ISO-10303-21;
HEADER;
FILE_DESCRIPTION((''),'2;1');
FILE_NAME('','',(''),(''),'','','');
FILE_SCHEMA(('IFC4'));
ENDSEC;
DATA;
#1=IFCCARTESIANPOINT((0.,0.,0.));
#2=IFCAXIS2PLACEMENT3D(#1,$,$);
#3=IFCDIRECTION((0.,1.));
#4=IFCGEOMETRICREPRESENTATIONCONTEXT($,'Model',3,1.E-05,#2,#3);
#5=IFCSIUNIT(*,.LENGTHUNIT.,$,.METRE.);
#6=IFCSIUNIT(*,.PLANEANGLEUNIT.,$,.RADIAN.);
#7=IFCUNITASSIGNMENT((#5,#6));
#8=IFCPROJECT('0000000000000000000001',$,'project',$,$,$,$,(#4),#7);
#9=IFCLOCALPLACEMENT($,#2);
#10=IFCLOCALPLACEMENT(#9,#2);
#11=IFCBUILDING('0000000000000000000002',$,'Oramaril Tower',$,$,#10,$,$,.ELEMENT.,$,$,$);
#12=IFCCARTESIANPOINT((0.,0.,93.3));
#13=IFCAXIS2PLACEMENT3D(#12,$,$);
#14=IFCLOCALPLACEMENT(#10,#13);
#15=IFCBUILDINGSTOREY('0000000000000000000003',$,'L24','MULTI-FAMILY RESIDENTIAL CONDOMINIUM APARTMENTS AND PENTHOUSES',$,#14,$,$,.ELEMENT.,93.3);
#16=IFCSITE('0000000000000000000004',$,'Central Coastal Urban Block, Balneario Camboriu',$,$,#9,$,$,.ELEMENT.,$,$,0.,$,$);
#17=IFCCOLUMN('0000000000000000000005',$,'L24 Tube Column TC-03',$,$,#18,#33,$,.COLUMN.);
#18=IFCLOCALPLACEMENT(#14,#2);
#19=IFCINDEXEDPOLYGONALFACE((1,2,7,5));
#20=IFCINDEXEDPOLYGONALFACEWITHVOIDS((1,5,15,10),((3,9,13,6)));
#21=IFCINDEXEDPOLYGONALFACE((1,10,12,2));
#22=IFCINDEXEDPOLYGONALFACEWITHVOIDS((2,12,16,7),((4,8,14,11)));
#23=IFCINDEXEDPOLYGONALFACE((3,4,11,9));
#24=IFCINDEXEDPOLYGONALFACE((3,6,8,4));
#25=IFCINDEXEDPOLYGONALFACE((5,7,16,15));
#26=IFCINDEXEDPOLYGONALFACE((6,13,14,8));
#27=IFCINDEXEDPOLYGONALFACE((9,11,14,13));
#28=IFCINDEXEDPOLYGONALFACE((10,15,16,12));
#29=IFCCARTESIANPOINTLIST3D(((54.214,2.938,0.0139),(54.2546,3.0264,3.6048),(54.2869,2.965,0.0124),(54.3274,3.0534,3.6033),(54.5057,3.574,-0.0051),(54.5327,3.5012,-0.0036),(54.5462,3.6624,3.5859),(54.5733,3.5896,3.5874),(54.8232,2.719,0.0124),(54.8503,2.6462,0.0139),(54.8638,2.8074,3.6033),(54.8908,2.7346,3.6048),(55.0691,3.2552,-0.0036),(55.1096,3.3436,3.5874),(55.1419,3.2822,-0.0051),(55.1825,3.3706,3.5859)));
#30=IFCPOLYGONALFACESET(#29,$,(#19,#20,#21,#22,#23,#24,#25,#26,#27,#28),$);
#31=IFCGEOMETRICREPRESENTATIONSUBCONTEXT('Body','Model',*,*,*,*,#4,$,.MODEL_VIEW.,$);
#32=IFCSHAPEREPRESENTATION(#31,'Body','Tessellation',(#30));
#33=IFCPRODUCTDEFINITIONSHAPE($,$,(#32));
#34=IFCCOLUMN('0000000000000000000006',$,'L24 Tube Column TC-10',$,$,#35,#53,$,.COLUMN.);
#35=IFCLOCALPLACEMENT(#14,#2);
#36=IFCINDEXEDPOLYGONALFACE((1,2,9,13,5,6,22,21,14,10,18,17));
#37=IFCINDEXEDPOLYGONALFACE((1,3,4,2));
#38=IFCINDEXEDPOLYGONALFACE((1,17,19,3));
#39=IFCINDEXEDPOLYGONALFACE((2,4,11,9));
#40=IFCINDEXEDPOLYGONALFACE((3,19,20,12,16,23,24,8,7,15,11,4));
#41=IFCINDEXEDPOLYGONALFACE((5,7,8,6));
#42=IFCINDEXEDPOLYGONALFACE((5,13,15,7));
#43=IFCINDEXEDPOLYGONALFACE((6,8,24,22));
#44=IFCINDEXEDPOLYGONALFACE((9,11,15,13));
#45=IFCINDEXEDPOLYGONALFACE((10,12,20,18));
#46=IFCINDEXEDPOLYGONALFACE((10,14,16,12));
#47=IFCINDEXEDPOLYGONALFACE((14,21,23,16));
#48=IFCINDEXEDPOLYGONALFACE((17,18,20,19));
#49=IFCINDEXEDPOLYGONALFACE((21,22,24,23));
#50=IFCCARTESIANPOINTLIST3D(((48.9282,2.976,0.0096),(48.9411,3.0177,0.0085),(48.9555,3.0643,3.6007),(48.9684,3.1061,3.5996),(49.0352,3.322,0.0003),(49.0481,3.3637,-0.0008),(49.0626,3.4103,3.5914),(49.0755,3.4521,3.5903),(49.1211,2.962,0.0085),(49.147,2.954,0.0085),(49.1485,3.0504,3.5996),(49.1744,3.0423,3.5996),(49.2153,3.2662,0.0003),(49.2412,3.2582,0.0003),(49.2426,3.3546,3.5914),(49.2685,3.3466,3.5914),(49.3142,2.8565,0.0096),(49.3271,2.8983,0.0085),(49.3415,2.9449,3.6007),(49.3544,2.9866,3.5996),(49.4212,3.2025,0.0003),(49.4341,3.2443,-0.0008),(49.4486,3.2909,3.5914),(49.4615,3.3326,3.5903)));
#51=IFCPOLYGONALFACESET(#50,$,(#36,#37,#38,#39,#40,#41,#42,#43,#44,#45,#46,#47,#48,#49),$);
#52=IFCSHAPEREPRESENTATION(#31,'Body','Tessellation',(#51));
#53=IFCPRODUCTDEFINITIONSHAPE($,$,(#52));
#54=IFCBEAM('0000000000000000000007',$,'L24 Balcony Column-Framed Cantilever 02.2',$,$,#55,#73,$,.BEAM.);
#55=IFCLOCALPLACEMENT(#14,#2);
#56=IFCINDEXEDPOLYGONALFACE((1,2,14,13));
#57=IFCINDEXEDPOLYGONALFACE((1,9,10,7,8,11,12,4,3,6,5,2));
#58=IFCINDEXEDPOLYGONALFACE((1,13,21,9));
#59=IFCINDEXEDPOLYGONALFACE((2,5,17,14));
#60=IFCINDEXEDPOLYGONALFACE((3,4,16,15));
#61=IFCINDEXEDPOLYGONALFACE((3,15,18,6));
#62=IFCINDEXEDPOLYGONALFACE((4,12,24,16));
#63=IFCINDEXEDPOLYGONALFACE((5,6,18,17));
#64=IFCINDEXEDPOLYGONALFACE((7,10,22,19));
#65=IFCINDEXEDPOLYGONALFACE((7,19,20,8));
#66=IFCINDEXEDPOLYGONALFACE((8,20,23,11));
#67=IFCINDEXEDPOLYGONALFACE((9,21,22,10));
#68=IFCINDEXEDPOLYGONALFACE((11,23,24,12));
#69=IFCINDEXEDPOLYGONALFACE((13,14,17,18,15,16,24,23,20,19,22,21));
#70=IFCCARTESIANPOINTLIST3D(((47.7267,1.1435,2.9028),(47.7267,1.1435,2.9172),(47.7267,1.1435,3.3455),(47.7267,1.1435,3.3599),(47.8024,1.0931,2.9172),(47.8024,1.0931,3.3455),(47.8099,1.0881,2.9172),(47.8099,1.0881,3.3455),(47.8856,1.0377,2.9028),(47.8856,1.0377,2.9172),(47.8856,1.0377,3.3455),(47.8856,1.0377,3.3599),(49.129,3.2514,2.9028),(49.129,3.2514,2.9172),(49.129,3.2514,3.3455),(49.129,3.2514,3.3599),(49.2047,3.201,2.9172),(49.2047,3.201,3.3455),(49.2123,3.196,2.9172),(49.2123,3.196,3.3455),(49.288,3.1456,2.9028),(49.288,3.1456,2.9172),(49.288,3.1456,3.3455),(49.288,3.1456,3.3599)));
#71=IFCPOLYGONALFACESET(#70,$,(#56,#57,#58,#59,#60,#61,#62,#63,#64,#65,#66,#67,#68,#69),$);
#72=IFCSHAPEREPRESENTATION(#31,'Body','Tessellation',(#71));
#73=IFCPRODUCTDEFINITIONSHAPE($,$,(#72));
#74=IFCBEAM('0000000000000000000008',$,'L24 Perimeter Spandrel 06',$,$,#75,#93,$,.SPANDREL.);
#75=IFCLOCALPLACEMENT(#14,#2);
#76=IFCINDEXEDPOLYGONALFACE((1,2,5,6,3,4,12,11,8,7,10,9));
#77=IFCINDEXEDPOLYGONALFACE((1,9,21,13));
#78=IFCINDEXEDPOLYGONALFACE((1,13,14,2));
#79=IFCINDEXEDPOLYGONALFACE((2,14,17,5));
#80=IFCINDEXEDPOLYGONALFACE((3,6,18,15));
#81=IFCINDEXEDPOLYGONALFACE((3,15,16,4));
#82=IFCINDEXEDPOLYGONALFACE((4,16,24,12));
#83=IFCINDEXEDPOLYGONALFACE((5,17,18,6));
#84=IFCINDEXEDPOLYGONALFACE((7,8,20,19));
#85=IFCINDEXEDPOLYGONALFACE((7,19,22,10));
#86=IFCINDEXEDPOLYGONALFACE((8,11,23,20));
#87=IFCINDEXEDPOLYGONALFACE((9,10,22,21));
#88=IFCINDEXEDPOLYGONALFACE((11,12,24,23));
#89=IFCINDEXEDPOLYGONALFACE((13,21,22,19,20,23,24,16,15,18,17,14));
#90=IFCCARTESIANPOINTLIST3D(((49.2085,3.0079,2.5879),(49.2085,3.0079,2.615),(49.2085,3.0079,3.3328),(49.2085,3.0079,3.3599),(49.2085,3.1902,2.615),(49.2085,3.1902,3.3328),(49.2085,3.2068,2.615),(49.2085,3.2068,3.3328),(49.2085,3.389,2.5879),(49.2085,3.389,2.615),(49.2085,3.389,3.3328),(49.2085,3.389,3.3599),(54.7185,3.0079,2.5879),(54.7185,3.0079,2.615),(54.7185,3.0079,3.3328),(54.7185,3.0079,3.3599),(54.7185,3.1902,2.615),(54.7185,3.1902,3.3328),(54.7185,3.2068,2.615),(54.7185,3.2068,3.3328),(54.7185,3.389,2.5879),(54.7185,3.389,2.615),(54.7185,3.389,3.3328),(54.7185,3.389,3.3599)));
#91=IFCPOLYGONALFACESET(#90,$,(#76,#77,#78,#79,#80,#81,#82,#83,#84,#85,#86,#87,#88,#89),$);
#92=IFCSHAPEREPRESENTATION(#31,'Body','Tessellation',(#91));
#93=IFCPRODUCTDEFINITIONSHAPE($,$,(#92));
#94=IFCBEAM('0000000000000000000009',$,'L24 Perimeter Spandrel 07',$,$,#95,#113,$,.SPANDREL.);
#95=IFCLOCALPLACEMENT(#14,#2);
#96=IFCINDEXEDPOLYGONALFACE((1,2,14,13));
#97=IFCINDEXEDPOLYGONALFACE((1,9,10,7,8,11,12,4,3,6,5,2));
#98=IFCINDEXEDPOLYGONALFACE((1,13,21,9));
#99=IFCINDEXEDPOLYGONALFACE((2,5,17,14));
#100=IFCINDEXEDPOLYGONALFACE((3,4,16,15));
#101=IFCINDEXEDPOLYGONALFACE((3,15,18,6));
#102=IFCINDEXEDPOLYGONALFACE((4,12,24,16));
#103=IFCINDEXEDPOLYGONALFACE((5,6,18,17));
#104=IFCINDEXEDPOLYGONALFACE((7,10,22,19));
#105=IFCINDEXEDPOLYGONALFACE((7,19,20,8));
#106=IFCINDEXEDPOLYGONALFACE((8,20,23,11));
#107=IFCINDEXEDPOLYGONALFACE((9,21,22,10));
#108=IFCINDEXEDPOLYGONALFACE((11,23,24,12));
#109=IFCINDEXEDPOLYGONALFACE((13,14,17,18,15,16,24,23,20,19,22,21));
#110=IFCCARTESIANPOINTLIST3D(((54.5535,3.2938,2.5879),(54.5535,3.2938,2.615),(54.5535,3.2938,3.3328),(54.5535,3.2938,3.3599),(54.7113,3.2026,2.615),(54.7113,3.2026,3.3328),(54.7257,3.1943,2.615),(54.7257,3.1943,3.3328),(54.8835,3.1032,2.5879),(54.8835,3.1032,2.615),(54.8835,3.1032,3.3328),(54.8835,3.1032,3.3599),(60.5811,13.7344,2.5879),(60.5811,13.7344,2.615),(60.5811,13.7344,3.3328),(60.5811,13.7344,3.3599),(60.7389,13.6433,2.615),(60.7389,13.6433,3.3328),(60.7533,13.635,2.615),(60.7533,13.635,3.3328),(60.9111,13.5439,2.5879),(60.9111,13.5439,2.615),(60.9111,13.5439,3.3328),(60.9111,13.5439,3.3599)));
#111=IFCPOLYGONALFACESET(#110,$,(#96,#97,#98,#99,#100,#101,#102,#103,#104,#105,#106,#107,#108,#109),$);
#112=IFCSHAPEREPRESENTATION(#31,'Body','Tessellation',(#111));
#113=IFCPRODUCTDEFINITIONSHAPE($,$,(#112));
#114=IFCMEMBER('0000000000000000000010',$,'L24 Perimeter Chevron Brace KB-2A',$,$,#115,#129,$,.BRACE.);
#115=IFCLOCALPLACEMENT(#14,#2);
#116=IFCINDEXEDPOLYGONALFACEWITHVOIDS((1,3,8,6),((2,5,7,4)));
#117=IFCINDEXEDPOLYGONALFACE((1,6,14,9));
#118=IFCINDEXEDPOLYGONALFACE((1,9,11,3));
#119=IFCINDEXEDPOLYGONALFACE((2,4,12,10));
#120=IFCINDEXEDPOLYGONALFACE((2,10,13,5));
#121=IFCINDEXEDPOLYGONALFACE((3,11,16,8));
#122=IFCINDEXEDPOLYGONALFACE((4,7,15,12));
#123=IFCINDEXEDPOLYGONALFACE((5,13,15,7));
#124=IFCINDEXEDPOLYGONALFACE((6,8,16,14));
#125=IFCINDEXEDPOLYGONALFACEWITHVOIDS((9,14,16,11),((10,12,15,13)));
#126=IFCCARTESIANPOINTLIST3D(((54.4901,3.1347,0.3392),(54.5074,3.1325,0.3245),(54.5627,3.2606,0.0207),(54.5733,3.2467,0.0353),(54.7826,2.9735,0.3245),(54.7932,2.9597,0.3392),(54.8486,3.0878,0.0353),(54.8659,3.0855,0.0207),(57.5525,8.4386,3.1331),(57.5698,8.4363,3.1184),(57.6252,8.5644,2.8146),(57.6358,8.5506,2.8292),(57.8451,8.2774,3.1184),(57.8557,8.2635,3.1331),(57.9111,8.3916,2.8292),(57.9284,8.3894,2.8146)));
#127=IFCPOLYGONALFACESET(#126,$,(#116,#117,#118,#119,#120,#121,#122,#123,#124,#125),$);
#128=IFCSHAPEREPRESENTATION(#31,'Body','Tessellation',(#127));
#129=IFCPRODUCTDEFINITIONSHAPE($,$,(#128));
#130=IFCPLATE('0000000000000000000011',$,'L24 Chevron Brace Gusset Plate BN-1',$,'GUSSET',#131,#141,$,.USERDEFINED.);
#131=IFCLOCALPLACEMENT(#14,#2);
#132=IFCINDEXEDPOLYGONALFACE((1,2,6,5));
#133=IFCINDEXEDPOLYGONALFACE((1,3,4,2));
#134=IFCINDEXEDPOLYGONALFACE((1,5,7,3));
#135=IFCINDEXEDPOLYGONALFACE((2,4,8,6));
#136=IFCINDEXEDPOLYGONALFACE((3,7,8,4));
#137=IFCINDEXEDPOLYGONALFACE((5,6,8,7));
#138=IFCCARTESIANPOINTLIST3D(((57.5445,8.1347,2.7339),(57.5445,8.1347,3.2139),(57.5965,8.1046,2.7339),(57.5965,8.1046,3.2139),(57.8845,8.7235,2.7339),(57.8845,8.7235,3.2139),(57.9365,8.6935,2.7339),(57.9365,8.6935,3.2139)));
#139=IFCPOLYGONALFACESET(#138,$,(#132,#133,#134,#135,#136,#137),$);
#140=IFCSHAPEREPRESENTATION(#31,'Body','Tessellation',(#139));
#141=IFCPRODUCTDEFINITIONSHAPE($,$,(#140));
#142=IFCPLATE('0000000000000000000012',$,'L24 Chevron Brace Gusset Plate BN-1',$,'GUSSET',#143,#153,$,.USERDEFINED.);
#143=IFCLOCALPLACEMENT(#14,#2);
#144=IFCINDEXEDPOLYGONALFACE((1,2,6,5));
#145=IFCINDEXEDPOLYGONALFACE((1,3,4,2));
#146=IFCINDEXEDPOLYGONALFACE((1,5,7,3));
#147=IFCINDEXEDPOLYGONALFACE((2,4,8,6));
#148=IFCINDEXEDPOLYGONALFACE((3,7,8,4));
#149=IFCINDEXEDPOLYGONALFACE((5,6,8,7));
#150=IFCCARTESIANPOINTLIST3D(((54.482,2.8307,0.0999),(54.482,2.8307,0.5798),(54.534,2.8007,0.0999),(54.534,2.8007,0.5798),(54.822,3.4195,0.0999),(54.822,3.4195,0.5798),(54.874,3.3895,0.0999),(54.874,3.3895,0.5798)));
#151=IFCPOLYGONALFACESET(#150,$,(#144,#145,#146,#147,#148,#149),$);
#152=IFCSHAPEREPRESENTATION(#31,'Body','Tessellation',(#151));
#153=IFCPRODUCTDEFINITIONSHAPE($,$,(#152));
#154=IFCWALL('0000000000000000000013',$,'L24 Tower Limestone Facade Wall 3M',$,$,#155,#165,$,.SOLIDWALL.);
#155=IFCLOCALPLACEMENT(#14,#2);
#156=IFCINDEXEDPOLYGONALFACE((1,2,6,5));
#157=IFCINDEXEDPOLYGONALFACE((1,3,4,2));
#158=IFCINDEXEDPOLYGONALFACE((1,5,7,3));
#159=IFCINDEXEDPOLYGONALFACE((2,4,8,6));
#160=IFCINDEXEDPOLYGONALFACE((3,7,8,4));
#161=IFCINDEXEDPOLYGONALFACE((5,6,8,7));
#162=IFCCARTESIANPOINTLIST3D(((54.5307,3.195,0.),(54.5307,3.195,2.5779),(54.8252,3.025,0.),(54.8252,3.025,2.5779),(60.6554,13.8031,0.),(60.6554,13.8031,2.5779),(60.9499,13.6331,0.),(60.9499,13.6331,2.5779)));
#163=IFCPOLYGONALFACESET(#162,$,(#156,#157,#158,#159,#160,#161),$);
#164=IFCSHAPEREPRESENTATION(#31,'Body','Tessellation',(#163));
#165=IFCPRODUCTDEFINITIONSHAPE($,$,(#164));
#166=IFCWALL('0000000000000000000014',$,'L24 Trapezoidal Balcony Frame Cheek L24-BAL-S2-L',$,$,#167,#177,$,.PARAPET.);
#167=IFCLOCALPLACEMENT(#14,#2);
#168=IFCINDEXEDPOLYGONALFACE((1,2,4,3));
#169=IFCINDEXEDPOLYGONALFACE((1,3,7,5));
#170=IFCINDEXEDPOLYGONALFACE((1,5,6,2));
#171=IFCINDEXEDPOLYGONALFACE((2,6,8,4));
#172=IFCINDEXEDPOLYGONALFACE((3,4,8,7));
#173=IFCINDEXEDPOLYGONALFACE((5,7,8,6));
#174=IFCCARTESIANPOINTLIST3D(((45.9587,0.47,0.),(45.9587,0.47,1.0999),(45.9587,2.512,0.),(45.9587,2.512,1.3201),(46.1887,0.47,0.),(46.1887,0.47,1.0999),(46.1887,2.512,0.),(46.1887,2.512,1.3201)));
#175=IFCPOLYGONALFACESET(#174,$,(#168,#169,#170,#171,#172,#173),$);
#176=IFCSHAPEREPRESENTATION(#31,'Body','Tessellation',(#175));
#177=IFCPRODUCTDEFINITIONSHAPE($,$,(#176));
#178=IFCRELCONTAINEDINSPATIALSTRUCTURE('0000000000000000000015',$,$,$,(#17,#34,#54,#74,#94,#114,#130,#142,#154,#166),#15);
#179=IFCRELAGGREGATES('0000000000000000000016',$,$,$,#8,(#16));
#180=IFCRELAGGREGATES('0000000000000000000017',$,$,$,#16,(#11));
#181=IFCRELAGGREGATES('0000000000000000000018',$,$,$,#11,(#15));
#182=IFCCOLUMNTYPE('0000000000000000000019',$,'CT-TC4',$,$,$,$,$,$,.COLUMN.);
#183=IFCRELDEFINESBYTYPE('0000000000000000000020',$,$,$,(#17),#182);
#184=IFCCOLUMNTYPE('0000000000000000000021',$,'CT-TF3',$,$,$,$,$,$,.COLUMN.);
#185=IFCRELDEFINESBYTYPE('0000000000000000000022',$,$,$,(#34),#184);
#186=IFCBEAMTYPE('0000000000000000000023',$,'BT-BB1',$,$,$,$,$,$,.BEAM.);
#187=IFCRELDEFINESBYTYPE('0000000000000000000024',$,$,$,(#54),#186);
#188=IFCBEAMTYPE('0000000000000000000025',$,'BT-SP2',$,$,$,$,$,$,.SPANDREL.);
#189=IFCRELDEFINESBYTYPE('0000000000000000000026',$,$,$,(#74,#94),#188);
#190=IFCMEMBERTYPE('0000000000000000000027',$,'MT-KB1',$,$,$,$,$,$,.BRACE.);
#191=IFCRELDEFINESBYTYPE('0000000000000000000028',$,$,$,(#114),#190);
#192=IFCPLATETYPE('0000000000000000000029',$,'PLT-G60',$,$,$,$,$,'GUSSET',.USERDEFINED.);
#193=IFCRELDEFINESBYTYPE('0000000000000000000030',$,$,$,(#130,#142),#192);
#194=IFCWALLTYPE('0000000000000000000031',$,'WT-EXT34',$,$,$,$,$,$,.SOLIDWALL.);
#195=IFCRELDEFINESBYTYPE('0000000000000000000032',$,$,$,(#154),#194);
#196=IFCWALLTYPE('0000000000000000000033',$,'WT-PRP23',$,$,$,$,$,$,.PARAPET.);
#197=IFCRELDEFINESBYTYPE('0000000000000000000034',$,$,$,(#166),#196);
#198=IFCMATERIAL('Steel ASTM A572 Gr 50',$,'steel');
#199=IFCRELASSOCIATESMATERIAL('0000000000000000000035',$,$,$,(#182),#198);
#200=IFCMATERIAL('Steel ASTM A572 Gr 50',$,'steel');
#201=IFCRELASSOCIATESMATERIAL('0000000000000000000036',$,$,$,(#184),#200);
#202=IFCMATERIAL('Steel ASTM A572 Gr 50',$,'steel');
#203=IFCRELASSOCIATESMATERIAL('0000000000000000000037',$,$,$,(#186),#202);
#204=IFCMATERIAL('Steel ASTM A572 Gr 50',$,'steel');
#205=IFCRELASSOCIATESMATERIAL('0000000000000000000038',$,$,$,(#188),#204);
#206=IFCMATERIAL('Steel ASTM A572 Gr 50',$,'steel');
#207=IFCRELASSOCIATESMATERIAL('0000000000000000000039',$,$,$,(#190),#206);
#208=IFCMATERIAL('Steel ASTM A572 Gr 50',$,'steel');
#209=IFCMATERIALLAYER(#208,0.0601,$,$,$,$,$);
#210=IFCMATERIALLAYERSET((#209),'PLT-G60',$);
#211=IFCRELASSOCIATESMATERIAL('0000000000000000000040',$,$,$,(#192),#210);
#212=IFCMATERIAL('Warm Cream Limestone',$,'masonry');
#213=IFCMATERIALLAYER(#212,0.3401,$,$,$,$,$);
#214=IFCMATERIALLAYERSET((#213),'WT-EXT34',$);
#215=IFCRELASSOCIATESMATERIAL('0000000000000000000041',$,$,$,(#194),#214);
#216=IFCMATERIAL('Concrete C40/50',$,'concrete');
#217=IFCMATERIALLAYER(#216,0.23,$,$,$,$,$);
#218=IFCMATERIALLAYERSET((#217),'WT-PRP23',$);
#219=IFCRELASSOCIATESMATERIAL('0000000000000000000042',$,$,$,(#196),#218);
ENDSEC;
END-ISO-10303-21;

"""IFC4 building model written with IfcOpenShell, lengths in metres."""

from ifc_helpers import new_model, si_unit, direction, frame, frame_2d, origin, origin_2d, place, context, subcontext, project, spatial, polyline, rectangle, hollow_rectangle, i_section, outline, extrude, material, layer, layer_set, material_profile, profile_set, type_object, element, save


model = new_model("IFC4")

# Units and contexts
model_context = context("Model", 3, precision=1e-05, world=origin(), true_north=direction((0.0, 1.0)))
body_context = subcontext(model_context, "Body", "Model", "MODEL_VIEW")
ifc_project = project(units=[si_unit("LENGTHUNIT", "METRE"), si_unit("PLANEANGLEUNIT", "RADIAN")], contexts=[model_context])

# Site, building, storey
site_placement = place(None, origin())
site = spatial("IfcSite", under=ifc_project, at=site_placement, Name="Central Coastal Urban Block, Balneario Camboriu", CompositionType="ELEMENT", RefElevation=0.0)
building_placement = place(site_placement, origin())
building = spatial("IfcBuilding", under=site, at=building_placement, Name="Oramaril Tower", CompositionType="ELEMENT")
storey_placement = place(building_placement, frame((0.0, 0.0, 93.3)))
storey = spatial("IfcBuildingStorey", under=building, at=storey_placement, Name="L24", Description="MULTI-FAMILY RESIDENTIAL CONDOMINIUM APARTMENTS AND PENTHOUSES", CompositionType="ELEMENT", Elevation=93.3)

# Columns
ifc_material_1 = material(Name="Steel ASTM A572 Gr 50", Category="steel")
ifc_material_profile_1 = material_profile(ifc_material_1, hollow_rectangle(XDim=0.7, YDim=0.7, WallThickness=0.0549, at=origin_2d()), Name="BOX700X700X55")
ifc_profile_set_1 = profile_set([ifc_material_profile_1], Name="Steel ASTM A572 Gr 50")
column_type_1 = type_object("IfcColumnType", Name="CT-TC4", PredefinedType="COLUMN", material=ifc_profile_set_1)
column_1_placement = place(storey_placement, frame((54.678, 3.1101, 0.0044), z_axis=(0.011281, 0.024602, 0.999634), x_axis=(-0.908986, 0.416828, 0.0)))
element("IfcColumn", 1, at=column_1_placement, inside=storey, type_object=column_type_1, Name="L24 Tube Column TC-03", PredefinedType="COLUMN", context=body_context, shape_type="SweptSolid", body=[
    extrude(hollow_rectangle(XDim=0.7, YDim=0.7, WallThickness=0.0549, at=origin_2d()), origin(), (0.0, 0.0, 1.0), 3.5923),
])
ifc_material_2 = material(Name="Steel ASTM A572 Gr 50", Category="steel")
ifc_material_profile_2 = material_profile(ifc_material_2, i_section(OverallWidth=0.4041, OverallDepth=0.406, WebThickness=0.0271, FlangeThickness=0.0437, at=origin_2d()), Name="W14X233")
ifc_profile_set_2 = profile_set([ifc_material_profile_2], Name="Steel ASTM A572 Gr 50")
column_type_2 = type_object("IfcColumnType", Name="CT-TF3", PredefinedType="COLUMN", material=ifc_profile_set_2)
column_2_placement = place(storey_placement, frame((49.1812, 3.1101, 0.0044), z_axis=(0.007612, 0.024603, 0.999668), x_axis=(-0.955321, 0.295569, 0.0)))
element("IfcColumn", 2, at=column_2_placement, inside=storey, type_object=column_type_2, Name="L24 Tube Column TC-10", PredefinedType="COLUMN", context=body_context, shape_type="SweptSolid", body=[
    extrude(i_section(OverallWidth=0.4041, OverallDepth=0.406, WebThickness=0.0271, FlangeThickness=0.0437, at=origin_2d()), origin(), (0.0, 0.0, 1.0), 3.5923),
])

# Beams
ifc_material_3 = material(Name="Steel ASTM A572 Gr 50", Category="steel")
ifc_material_profile_3 = material_profile(ifc_material_3, i_section(OverallWidth=0.1909, OverallDepth=0.457, WebThickness=0.009, FlangeThickness=0.0144, at=origin_2d()), Name="W18X50")
ifc_profile_set_3 = profile_set([ifc_material_profile_3], Name="Steel ASTM A572 Gr 50")
beam_type_1 = type_object("IfcBeamType", Name="BT-BB1", PredefinedType="BEAM", material=ifc_profile_set_3)
beam_1_placement = place(storey_placement, frame((49.2085, 3.1985, 3.1313), z_axis=(-0.553899, -0.832584, 0.0), x_axis=(0.832584, -0.553899, 0.0)))
element("IfcBeam", 3, at=beam_1_placement, inside=storey, type_object=beam_type_1, Name="L24 Balcony Column-Framed Cantilever 02.2", PredefinedType="BEAM", context=body_context, shape_type="SweptSolid", body=[
    extrude(i_section(OverallWidth=0.1909, OverallDepth=0.457, WebThickness=0.009, FlangeThickness=0.0144, at=origin_2d()), origin(), (0.0, 0.0, 1.0), 2.5317),
])
ifc_material_4 = material(Name="Steel ASTM A572 Gr 50", Category="steel")
ifc_material_profile_4 = material_profile(ifc_material_4, i_section(OverallWidth=0.3811, OverallDepth=0.772, WebThickness=0.0166, FlangeThickness=0.0271, at=origin_2d()), Name="W30X173")
ifc_profile_set_4 = profile_set([ifc_material_profile_4], Name="Steel ASTM A572 Gr 50")
beam_type_2 = type_object("IfcBeamType", Name="BT-SP2", PredefinedType="SPANDREL", material=ifc_profile_set_4)
beam_2_placement = place(storey_placement, frame((49.2085, 3.1985, 2.9739), z_axis=(1.0, 0.0, 0.0), x_axis=(0.0, 1.0, 0.0)))
element("IfcBeam", 4, at=beam_2_placement, inside=storey, type_object=beam_type_2, Name="L24 Perimeter Spandrel 06", PredefinedType="SPANDREL", context=body_context, shape_type="SweptSolid", body=[
    extrude(i_section(OverallWidth=0.3811, OverallDepth=0.772, WebThickness=0.0166, FlangeThickness=0.0271, at=origin_2d()), origin(), (0.0, 0.0, 1.0), 5.51),
])
beam_3_placement = place(storey_placement, frame((54.7185, 3.1985, 2.9739), z_axis=(0.499979, 0.866038, 0.0), x_axis=(-0.866038, 0.499979, 0.0)))
element("IfcBeam", 5, at=beam_3_placement, inside=storey, type_object=beam_type_2, Name="L24 Perimeter Spandrel 07", PredefinedType="SPANDREL", context=body_context, shape_type="SweptSolid", body=[
    extrude(i_section(OverallWidth=0.3811, OverallDepth=0.772, WebThickness=0.0166, FlangeThickness=0.0271, at=origin_2d()), origin(), (0.0, 0.0, 1.0), 12.0557),
])

# Member
ifc_material_5 = material(Name="Steel ASTM A572 Gr 50", Category="steel")
ifc_material_profile_5 = material_profile(ifc_material_5, hollow_rectangle(XDim=0.3501, YDim=0.3501, WallThickness=0.0161, at=origin_2d()), Name="HSS350X350X16")
ifc_profile_set_5 = profile_set([ifc_material_profile_5], Name="Steel ASTM A572 Gr 50")
member_type = type_object("IfcMemberType", Name="MT-KB1", PredefinedType="BRACE", material=ifc_profile_set_5)
member_placement = place(storey_placement, frame((54.678, 3.1101, 0.1799), z_axis=(0.454931, 0.787897, 0.415038), x_axis=(-0.866007, 0.500032, 0.0)))
element("IfcMember", 6, at=member_placement, inside=storey, type_object=member_type, Name="L24 Perimeter Chevron Brace KB-2A", PredefinedType="BRACE", context=body_context, shape_type="SweptSolid", body=[
    extrude(hollow_rectangle(XDim=0.3501, YDim=0.3501, WallThickness=0.0161, at=origin_2d()), origin(), (0.0, 0.0, 1.0), 6.7317),
])

# Plates
ifc_material_6 = material(Name="Steel ASTM A572 Gr 50", Category="steel")
ifc_layer_1 = layer(ifc_material_6, 0.0601)
ifc_layer_set_1 = layer_set([ifc_layer_1], Name="PLT-G60")
plate_type = type_object("IfcPlateType", Name="PLT-G60", ElementType="GUSSET", PredefinedType="USERDEFINED", material=ifc_layer_set_1)
for number, where, z_axis, x_axis, name in (
    (7, (57.7405, 8.4141, 2.7339), (0.0, 0.0, 1.0), (0.5, 0.866025, 0.0), "L24 Chevron Brace Gusset Plate BN-1"),
    (8, (54.678, 3.1101, 0.0999), (0.0, 0.0, 1.0), (0.5, 0.866025, 0.0), "L24 Chevron Brace Gusset Plate BN-1"),
):
    element("IfcPlate", number, at=place(storey_placement, frame(where, z_axis=z_axis, x_axis=x_axis)), inside=storey, type_object=plate_type, Name=name, ObjectType="GUSSET", PredefinedType="USERDEFINED", context=body_context, shape_type="SweptSolid", body=[
        extrude(rectangle(XDim=0.6799, YDim=0.0601, at=origin_2d()), origin(), (0.0, 0.0, 1.0), 0.48),
    ])

# Walls
ifc_material_7 = material(Name="Warm Cream Limestone", Category="masonry")
ifc_layer_2 = layer(ifc_material_7, 0.3401)
ifc_layer_set_2 = layer_set([ifc_layer_2], Name="WT-EXT34")
wall_type_1 = type_object("IfcWallType", Name="WT-EXT34", PredefinedType="SOLIDWALL", material=ifc_layer_set_2)
wall_1_placement = place(storey_placement, frame((54.678, 3.1101, 0.0), z_axis=(0.0, 0.0, 1.0), x_axis=(0.500008, 0.866021, 0.0)))
element("IfcWall", 9, at=wall_1_placement, inside=storey, type_object=wall_type_1, Name="L24 Tower Limestone Facade Wall 3M", PredefinedType="SOLIDWALL", context=body_context, shape_type="SweptSolid", body=[
    extrude(rectangle(XDim=12.2493, YDim=0.3401, at=frame_2d((6.1245, 0.0))), origin(), (0.0, 0.0, 1.0), 2.5779),
])
ifc_material_8 = material(Name="Concrete C40/50", Category="concrete")
ifc_layer_3 = layer(ifc_material_8, 0.23)
ifc_layer_set_3 = layer_set([ifc_layer_3], Name="WT-PRP23")
wall_type_2 = type_object("IfcWallType", Name="WT-PRP23", PredefinedType="PARAPET", material=ifc_layer_set_3)
wall_2_placement = place(storey_placement, frame((46.0737, 2.512, 0.0), z_axis=(0.0, 0.0, 1.0), x_axis=(0.0, -1.0, 0.0)))
element("IfcWall", 10, at=wall_2_placement, inside=storey, type_object=wall_type_2, Name="L24 Trapezoidal Balcony Frame Cheek L24-BAL-S2-L", PredefinedType="PARAPET", context=body_context, shape_type="SweptSolid", body=[
    extrude(outline(polyline([(0.0, 0.0), (2.042, 0.0), (2.042, 1.0999), (0.0, 1.3201), (0.0, 0.0)])), frame((0.0, 0.115, 0.0), z_axis=(0.0, -1.0, 0.0), x_axis=(1.0, 0.0, 0.0)), (0.0, 0.0, 1.0), 0.23),
])

save(model, "model.ifc")
